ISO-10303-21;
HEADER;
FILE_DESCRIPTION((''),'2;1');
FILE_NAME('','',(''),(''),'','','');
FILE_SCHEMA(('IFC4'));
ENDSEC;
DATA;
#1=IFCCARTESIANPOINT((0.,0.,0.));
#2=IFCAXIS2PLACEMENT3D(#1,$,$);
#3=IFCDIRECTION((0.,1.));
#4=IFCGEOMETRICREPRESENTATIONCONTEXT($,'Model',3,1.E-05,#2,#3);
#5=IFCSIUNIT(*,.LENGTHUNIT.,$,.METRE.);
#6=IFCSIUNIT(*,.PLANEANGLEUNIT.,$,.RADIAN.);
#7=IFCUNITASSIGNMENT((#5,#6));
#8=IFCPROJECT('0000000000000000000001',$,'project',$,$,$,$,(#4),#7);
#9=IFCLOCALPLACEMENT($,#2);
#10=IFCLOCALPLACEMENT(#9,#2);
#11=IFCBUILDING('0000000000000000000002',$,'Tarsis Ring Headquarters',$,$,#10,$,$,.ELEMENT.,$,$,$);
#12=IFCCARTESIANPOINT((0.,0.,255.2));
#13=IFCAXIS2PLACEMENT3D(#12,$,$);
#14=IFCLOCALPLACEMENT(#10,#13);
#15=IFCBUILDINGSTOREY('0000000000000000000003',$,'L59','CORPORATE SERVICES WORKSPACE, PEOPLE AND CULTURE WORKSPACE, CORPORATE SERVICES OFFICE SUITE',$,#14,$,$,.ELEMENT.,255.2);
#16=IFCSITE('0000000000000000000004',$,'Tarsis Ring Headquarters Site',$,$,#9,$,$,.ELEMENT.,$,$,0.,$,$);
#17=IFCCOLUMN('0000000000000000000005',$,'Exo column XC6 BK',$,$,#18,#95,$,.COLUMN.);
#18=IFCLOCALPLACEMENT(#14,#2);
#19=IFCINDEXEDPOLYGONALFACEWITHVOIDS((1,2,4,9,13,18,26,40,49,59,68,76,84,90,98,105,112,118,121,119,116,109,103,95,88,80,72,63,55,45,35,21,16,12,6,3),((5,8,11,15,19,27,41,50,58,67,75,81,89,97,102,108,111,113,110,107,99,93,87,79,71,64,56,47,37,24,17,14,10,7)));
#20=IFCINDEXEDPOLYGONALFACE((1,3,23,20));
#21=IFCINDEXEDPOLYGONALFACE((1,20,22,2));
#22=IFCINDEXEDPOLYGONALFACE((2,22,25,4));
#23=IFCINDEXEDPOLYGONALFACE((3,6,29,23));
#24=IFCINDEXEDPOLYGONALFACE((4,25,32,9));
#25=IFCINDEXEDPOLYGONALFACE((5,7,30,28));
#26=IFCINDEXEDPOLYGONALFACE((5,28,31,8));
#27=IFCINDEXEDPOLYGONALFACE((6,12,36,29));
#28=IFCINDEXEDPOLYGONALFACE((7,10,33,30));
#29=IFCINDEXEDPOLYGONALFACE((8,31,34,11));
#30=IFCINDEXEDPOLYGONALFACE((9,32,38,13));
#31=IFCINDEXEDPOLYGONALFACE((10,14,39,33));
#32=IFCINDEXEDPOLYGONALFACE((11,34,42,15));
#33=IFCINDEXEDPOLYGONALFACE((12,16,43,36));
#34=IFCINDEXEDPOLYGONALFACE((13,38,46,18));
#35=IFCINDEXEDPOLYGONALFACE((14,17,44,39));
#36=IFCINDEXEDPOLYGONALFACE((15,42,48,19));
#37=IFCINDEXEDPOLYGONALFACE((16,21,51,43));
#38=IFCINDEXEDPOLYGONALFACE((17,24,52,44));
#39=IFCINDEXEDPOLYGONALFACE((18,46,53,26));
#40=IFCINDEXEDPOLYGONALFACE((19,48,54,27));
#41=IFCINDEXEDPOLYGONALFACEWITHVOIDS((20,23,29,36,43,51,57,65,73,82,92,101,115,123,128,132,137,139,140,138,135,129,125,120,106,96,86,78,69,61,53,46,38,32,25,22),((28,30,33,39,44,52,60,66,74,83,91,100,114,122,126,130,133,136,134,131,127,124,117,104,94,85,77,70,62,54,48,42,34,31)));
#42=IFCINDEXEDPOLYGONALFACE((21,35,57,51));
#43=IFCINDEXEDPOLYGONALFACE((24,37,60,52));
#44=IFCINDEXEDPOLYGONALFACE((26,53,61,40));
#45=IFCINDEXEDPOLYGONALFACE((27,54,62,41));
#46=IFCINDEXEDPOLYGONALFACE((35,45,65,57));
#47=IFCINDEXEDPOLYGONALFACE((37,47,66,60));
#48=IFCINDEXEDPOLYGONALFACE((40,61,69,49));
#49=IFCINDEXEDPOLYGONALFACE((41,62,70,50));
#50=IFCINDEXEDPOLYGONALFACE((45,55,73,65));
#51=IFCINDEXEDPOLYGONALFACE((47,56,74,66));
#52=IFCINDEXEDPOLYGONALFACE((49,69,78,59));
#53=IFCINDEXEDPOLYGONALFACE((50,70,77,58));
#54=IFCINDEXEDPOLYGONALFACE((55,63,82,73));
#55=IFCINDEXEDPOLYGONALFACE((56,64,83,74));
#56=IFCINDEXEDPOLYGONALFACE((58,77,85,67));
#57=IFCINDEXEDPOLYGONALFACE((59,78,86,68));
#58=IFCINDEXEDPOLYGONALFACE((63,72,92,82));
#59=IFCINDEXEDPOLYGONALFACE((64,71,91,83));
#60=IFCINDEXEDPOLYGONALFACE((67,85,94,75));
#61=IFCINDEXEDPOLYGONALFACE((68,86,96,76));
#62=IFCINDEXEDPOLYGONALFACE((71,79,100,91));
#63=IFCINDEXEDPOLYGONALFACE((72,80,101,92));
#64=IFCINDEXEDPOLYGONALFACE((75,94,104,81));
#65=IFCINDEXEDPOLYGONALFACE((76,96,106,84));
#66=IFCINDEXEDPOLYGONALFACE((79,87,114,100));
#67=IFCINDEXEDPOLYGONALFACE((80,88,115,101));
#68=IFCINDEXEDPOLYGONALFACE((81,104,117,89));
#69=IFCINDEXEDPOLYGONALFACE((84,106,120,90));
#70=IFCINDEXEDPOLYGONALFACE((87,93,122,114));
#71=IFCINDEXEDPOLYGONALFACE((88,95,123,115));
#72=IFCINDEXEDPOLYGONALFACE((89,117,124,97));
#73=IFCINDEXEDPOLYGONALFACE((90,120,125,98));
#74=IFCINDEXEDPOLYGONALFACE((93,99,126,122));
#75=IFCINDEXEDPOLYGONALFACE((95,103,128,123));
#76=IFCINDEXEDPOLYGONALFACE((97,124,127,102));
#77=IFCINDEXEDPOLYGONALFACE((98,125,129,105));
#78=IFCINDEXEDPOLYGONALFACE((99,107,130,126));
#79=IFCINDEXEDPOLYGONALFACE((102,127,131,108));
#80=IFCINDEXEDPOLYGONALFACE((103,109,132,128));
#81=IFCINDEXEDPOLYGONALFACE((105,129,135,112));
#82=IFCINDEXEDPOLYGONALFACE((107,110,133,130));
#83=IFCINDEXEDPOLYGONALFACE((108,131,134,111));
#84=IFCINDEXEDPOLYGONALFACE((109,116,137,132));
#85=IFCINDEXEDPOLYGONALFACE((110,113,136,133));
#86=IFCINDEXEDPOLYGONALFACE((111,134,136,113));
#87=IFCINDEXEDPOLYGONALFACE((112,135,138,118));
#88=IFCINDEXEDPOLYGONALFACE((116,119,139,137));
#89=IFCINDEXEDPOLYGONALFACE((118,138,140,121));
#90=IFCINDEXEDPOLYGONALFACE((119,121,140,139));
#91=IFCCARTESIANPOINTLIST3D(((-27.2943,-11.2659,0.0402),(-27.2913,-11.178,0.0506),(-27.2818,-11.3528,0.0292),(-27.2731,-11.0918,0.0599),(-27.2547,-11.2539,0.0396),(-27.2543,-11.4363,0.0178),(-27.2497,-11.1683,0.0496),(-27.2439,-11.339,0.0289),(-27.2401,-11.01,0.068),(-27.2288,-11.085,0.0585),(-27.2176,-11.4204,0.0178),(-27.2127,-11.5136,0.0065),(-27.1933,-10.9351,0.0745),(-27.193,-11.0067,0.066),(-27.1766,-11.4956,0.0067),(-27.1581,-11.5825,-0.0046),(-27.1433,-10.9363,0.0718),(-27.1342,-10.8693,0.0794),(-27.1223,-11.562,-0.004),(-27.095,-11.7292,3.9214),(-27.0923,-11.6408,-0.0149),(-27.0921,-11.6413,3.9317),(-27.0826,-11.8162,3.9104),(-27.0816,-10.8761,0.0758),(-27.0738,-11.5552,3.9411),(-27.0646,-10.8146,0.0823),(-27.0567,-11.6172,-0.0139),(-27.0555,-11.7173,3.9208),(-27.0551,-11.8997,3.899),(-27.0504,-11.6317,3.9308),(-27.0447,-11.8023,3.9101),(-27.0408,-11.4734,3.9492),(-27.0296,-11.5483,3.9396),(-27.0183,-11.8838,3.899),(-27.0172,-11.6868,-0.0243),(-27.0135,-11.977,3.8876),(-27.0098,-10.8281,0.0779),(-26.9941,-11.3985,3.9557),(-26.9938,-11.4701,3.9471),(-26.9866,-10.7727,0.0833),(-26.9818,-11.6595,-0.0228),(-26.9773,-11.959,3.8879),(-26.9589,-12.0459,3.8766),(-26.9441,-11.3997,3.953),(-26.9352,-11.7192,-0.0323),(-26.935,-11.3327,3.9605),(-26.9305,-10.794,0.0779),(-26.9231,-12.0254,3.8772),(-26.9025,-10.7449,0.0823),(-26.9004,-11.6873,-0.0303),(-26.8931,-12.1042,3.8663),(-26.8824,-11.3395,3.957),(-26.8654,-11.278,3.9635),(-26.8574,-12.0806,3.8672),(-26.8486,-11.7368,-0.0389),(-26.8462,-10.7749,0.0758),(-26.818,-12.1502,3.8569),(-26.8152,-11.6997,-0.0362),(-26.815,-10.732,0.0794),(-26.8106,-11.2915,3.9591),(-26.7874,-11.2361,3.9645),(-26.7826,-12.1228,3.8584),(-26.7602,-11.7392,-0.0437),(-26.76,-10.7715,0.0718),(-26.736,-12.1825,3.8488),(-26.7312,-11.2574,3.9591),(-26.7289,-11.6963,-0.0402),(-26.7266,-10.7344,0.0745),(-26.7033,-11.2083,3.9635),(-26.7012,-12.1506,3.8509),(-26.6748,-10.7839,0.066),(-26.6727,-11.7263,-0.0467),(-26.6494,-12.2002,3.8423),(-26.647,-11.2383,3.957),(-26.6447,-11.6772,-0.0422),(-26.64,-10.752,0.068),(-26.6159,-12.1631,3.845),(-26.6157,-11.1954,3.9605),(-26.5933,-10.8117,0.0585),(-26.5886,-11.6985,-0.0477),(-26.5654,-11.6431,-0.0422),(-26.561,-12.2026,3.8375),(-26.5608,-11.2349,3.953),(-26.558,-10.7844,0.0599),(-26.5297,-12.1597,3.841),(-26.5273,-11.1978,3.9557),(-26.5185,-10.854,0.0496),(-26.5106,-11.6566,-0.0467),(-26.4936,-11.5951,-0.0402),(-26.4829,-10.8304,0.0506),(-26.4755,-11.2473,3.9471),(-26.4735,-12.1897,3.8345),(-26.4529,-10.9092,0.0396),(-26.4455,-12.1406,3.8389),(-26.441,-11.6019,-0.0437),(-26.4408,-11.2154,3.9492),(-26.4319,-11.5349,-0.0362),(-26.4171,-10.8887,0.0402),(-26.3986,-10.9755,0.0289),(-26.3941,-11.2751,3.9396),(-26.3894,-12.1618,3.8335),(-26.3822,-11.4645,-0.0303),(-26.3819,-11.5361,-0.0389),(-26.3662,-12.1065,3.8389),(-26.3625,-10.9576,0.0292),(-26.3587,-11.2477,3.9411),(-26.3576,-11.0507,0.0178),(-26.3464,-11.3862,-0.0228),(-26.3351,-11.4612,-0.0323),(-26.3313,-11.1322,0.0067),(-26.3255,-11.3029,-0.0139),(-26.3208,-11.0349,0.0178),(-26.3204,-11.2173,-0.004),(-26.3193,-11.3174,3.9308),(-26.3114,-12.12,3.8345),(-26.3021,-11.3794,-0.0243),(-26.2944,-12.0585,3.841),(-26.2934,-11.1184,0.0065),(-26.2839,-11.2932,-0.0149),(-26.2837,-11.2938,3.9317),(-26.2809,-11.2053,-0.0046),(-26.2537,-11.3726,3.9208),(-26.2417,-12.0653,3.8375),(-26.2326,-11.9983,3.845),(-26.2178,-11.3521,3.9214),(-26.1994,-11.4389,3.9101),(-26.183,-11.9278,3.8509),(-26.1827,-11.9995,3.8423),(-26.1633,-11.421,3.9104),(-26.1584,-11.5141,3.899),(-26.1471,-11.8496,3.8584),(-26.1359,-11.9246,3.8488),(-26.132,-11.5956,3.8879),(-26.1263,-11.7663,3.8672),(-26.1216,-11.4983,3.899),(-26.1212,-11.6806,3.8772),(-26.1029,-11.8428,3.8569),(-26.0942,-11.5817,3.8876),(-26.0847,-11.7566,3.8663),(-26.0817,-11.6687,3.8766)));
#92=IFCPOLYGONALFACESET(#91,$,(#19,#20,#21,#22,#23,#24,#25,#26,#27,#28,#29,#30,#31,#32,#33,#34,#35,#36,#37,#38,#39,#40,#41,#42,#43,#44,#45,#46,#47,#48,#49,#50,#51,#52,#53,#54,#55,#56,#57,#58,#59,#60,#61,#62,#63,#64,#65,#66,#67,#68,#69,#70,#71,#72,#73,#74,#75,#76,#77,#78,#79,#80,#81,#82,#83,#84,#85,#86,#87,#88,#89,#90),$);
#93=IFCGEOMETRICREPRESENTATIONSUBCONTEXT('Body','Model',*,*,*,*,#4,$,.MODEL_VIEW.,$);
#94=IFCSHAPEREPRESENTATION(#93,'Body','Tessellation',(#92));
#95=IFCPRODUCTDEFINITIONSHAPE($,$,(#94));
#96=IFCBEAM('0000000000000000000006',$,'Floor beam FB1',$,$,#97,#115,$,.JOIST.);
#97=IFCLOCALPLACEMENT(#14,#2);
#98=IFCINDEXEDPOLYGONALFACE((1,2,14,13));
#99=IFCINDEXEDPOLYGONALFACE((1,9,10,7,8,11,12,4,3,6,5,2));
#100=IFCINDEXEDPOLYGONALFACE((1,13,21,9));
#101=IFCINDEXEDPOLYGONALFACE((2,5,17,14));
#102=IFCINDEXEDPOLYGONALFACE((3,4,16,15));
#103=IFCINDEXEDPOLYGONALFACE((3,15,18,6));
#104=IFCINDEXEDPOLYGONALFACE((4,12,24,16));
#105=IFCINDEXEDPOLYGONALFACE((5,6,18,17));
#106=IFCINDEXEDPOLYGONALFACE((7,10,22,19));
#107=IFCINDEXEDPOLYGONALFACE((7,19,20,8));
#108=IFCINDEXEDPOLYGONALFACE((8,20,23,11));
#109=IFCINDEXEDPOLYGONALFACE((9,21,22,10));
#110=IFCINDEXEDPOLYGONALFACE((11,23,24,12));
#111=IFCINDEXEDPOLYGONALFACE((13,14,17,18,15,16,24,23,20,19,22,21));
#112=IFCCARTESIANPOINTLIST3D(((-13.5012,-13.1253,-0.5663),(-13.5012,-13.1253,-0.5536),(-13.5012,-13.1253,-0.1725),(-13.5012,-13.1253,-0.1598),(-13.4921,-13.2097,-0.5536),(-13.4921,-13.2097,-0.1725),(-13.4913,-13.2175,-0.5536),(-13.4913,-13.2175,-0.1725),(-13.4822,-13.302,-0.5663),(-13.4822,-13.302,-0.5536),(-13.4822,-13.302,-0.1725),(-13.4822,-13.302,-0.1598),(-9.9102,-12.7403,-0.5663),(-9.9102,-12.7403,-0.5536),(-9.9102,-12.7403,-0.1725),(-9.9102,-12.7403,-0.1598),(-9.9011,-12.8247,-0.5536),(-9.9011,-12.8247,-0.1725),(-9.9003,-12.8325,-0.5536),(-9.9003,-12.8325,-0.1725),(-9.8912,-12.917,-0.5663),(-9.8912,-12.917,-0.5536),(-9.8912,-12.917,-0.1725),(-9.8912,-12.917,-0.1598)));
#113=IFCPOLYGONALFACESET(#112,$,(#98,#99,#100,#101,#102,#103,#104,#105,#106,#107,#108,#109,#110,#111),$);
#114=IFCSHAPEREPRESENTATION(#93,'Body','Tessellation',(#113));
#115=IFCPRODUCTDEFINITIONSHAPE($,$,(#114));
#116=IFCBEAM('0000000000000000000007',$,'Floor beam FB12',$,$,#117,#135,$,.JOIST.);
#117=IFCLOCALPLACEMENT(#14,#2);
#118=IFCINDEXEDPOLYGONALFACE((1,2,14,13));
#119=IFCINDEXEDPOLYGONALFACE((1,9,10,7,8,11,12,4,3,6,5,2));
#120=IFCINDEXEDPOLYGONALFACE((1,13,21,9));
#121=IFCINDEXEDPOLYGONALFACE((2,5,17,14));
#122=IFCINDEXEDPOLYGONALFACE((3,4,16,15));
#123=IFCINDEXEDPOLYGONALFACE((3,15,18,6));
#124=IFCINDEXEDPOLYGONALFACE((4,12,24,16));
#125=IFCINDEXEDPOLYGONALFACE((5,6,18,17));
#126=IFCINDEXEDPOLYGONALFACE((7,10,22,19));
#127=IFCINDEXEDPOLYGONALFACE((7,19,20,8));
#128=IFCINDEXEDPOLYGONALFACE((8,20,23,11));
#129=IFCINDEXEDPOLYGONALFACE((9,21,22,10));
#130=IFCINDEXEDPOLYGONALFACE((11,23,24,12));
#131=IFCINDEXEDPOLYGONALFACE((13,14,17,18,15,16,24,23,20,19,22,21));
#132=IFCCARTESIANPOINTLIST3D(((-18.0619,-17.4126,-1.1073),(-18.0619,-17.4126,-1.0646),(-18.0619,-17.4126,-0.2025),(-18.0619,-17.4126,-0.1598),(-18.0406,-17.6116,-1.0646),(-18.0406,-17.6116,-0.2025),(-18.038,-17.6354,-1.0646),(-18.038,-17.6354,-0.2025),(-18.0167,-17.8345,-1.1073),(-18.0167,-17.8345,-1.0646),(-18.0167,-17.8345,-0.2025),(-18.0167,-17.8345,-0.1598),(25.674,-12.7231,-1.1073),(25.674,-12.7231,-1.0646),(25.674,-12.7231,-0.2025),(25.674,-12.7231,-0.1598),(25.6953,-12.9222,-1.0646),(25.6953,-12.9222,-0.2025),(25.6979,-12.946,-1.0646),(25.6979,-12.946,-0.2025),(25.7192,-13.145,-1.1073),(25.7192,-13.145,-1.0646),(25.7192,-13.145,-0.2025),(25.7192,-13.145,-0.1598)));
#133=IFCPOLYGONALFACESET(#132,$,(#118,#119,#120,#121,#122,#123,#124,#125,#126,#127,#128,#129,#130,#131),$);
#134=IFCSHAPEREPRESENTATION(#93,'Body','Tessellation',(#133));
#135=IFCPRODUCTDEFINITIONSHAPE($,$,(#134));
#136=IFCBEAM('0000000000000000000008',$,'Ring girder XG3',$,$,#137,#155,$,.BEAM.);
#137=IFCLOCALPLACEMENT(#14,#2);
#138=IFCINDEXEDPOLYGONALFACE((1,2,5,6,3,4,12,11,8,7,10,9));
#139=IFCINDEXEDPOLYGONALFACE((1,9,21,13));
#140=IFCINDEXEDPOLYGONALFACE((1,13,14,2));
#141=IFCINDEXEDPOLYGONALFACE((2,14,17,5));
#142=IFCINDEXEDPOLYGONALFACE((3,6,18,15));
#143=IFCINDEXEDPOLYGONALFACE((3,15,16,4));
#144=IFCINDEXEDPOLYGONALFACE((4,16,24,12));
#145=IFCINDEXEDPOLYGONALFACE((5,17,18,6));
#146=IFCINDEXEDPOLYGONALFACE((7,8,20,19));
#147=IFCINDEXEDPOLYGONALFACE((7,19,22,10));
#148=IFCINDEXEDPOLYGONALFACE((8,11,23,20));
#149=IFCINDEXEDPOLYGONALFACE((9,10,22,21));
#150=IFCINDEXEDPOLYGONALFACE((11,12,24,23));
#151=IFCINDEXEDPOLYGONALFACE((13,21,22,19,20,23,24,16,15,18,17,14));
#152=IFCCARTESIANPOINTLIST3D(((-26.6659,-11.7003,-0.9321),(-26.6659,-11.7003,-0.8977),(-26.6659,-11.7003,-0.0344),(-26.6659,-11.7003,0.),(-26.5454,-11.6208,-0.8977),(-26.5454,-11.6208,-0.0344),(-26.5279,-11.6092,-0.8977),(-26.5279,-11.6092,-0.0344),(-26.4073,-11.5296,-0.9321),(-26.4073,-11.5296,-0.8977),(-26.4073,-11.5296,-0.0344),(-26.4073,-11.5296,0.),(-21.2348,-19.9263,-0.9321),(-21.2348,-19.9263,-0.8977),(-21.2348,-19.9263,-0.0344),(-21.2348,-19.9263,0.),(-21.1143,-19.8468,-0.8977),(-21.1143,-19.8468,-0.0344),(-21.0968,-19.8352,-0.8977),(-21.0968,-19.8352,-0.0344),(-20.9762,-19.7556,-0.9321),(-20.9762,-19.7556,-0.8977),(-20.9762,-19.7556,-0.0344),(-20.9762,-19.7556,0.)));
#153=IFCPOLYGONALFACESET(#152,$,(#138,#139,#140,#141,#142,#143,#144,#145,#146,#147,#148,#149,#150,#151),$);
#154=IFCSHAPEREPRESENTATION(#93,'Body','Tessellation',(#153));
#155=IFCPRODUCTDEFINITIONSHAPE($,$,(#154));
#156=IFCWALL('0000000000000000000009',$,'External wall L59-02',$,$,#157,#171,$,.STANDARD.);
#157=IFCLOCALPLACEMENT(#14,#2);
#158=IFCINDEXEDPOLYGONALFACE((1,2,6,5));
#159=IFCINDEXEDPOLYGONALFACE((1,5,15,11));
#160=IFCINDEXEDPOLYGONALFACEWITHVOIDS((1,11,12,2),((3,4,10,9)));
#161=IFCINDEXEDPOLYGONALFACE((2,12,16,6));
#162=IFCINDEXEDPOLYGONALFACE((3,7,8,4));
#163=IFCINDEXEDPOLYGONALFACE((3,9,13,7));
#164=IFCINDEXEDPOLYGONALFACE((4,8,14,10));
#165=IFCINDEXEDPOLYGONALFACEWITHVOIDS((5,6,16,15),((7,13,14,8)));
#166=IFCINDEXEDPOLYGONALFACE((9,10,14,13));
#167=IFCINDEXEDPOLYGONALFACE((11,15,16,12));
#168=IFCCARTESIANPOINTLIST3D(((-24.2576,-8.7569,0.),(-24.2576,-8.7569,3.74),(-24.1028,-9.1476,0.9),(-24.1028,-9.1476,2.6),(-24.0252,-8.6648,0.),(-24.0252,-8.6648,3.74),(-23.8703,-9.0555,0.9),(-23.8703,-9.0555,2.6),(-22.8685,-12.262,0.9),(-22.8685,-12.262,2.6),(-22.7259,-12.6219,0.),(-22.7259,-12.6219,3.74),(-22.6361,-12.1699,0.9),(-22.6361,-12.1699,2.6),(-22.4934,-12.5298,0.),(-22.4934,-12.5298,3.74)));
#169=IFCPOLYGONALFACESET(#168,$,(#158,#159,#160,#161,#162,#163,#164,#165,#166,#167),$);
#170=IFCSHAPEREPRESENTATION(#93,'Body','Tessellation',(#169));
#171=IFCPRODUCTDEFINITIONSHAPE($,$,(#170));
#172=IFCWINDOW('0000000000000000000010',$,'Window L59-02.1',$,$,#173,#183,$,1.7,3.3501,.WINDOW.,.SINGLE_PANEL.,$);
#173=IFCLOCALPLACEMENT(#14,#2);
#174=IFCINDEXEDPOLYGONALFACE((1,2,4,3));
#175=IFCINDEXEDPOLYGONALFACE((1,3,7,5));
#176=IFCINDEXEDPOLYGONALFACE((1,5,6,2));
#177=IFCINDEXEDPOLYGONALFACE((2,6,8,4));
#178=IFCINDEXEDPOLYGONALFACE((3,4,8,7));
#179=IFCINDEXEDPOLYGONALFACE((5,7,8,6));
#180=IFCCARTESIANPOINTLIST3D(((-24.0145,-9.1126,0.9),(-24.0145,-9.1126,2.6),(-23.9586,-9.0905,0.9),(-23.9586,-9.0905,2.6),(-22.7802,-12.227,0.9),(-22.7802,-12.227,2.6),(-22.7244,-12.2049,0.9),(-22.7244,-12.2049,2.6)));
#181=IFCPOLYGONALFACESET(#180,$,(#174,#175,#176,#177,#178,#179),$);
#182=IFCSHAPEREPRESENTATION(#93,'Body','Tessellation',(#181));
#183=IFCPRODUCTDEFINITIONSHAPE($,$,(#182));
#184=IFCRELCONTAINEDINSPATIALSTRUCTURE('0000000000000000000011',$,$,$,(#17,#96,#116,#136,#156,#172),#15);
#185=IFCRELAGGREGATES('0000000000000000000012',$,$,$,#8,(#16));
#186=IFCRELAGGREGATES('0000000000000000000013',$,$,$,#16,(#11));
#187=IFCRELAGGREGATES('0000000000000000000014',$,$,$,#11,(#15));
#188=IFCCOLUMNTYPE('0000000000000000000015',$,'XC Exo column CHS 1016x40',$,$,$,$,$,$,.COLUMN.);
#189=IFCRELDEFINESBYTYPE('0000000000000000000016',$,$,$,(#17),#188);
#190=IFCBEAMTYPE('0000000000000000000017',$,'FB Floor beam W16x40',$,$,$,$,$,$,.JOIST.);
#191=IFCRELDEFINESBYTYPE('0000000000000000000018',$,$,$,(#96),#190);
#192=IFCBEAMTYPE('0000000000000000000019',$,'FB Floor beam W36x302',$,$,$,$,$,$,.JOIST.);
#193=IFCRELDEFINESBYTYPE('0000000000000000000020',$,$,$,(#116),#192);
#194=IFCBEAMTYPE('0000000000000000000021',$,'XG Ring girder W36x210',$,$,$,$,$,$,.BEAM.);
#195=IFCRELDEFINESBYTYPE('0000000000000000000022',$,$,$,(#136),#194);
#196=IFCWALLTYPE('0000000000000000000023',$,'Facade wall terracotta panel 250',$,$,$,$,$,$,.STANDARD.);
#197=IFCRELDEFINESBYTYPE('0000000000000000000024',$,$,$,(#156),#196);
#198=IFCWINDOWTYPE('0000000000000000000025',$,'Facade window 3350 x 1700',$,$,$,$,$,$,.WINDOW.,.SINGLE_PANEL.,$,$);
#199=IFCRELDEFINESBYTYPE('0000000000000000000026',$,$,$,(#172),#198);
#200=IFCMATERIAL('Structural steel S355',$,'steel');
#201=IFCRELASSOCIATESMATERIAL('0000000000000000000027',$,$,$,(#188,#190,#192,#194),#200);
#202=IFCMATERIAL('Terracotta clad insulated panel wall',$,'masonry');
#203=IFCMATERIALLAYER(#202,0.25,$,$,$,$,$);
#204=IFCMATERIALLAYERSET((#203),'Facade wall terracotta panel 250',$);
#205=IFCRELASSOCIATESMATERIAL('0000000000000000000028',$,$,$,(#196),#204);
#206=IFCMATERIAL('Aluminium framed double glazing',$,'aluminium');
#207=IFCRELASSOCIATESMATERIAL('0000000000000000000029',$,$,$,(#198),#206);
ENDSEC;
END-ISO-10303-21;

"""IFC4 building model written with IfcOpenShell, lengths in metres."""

from ifc_helpers import new_model, si_unit, direction, frame, frame_2d, origin, origin_2d, place, context, subcontext, project, spatial, rectangle, hollow_circle, i_section, extrude, material, layer, layer_set, material_profile, profile_set, type_object, element, fill, save


model = new_model("IFC4")

# Units and contexts
model_context = context("Model", 3, precision=1e-05, world=origin(), true_north=direction((0.0, 1.0)))
body_context = subcontext(model_context, "Body", "Model", "MODEL_VIEW")
ifc_project = project(units=[si_unit("LENGTHUNIT", "METRE"), si_unit("PLANEANGLEUNIT", "RADIAN")], contexts=[model_context])

# Site, building, storey
site_placement = place(None, origin())
site = spatial("IfcSite", under=ifc_project, at=site_placement, Name="Tarsis Ring Headquarters Site", CompositionType="ELEMENT", RefElevation=0.0)
building_placement = place(site_placement, origin())
building = spatial("IfcBuilding", under=site, at=building_placement, Name="Tarsis Ring Headquarters", CompositionType="ELEMENT")
storey_placement = place(building_placement, frame((0.0, 0.0, 255.2)))
storey = spatial("IfcBuildingStorey", under=building, at=storey_placement, Name="L59", Description="CORPORATE SERVICES WORKSPACE, PEOPLE AND CULTURE WORKSPACE, CORPORATE SERVICES OFFICE SUITE", CompositionType="ELEMENT", Elevation=255.2)

# Column
ifc_material_1 = material(Name="Structural steel S355", Category="steel")
ifc_material_profile_1 = material_profile(ifc_material_1, hollow_circle(Radius=0.5081, WallThickness=0.04, at=origin_2d()), Name="CHS 1016x40")
ifc_profile_set_1 = profile_set([ifc_material_profile_1], Name="Structural steel S355")
column_type = type_object("IfcColumnType", Name="XC Exo column CHS 1016x40", PredefinedType="COLUMN", material=ifc_profile_set_1)
column_placement = place(storey_placement, frame((-26.7876, -11.2356, 0.0178), z_axis=(0.050902, -0.118398, 0.991661), x_axis=(0.918694, 0.394971, 0.0)))
element("IfcColumn", 1, at=column_placement, inside=storey, type_object=column_type, Name="Exo column XC6 BK", PredefinedType="COLUMN", context=body_context, shape_type="SweptSolid", body=[
    extrude(hollow_circle(Radius=0.5081, WallThickness=0.04, at=origin_2d()), origin(), (0.0, 0.0, 1.0), 3.9138),
])

# Beams
ifc_material_profile_2 = material_profile(ifc_material_1, i_section(OverallWidth=0.1777, OverallDepth=0.4065, WebThickness=0.0078, FlangeThickness=0.0127, at=origin_2d()), Name="W16x40")
ifc_profile_set_2 = profile_set([ifc_material_profile_2], Name="Structural steel S355")
beam_type_1 = type_object("IfcBeamType", Name="FB Floor beam W16x40", PredefinedType="JOIST", material=ifc_profile_set_2)
beam_1_placement = place(storey_placement, frame((-13.4917, -13.2136, -0.363), z_axis=(0.994302, 0.106602, 0.0), x_axis=(-0.106602, 0.994302, 0.0)))
element("IfcBeam", 2, at=beam_1_placement, inside=storey, type_object=beam_type_1, Name="Floor beam FB1", PredefinedType="JOIST", context=body_context, shape_type="SweptSolid", body=[
    extrude(i_section(OverallWidth=0.1777, OverallDepth=0.4065, WebThickness=0.0078, FlangeThickness=0.0127, at=origin_2d()), origin(), (0.0, 0.0, 1.0), 3.6116),
])
ifc_material_profile_3 = material_profile(ifc_material_1, i_section(OverallWidth=0.4243, OverallDepth=0.9475, WebThickness=0.0239, FlangeThickness=0.0427, at=origin_2d()), Name="W36x302")
ifc_profile_set_3 = profile_set([ifc_material_profile_3], Name="Structural steel S355")
beam_type_2 = type_object("IfcBeamType", Name="FB Floor beam W36x302", PredefinedType="JOIST", material=ifc_profile_set_3)
beam_2_placement = place(storey_placement, frame((-18.0393, -17.6235, -0.6335), z_axis=(0.994301, 0.106611, 0.0), x_axis=(-0.106611, 0.994301, 0.0)))
element("IfcBeam", 3, at=beam_2_placement, inside=storey, type_object=beam_type_2, Name="Floor beam FB12", PredefinedType="JOIST", context=body_context, shape_type="SweptSolid", body=[
    extrude(i_section(OverallWidth=0.4243, OverallDepth=0.9475, WebThickness=0.0239, FlangeThickness=0.0427, at=origin_2d()), origin(), (0.0, 0.0, 1.0), 43.9866),
])
ifc_material_profile_4 = material_profile(ifc_material_1, i_section(OverallWidth=0.3098, OverallDepth=0.9321, WebThickness=0.021, FlangeThickness=0.0344, at=origin_2d()), Name="W36x210")
ifc_profile_set_4 = profile_set([ifc_material_profile_4], Name="Structural steel S355")
beam_type_3 = type_object("IfcBeamType", Name="XG Ring girder W36x210", PredefinedType="BEAM", material=ifc_profile_set_4)
beam_3_placement = place(storey_placement, frame((-26.5366, -11.615, -0.4661), z_axis=(0.55098, -0.834519, 0.0), x_axis=(0.834519, 0.55098, 0.0)))
element("IfcBeam", 4, at=beam_3_placement, inside=storey, type_object=beam_type_3, Name="Ring girder XG3", PredefinedType="BEAM", context=body_context, shape_type="SweptSolid", body=[
    extrude(i_section(OverallWidth=0.3098, OverallDepth=0.9321, WebThickness=0.021, FlangeThickness=0.0344, at=origin_2d()), origin(), (0.0, 0.0, 1.0), 9.8572),
])

# Wall, opening, window
ifc_material_2 = material(Name="Terracotta clad insulated panel wall", Category="masonry")
ifc_layer = layer(ifc_material_2, 0.25)
ifc_layer_set = layer_set([ifc_layer], Name="Facade wall terracotta panel 250")
wall_type = type_object("IfcWallType", Name="Facade wall terracotta panel 250", PredefinedType="STANDARD", material=ifc_layer_set)
wall_1_placement = place(storey_placement, frame((-24.1414, -8.7109, 0.0), z_axis=(0.0, 0.0, 1.0), x_axis=(0.368432, -0.929655, 0.0)))
wall_1 = element("IfcWall", 5, at=wall_1_placement, inside=storey, type_object=wall_type, Name="External wall L59-02", PredefinedType="STANDARD", context=body_context, shape_type="SweptSolid", body=[
    extrude(rectangle(XDim=4.1575, YDim=0.25, at=frame_2d((2.0786, 0.0))), origin(), (0.0, 0.0, 1.0), 3.74),
])
opening_1_placement = place(wall_1_placement, frame((0.4202, 0.0, 0.8999)))
opening_1 = element("IfcOpeningElement", 6, at=opening_1_placement, cuts=wall_1, PredefinedType="OPENING", context=body_context, shape_type="SweptSolid", body=[
    extrude(rectangle(XDim=3.3501, YDim=1.7, at=frame_2d((1.675, 0.8501))), frame((0.0, 0.135, 0.0), z_axis=(0.0, -1.0, 0.0), x_axis=(1.0, 0.0, 0.0)), (0.0, 0.0, 1.0), 0.27),
])
ifc_material_3 = material(Name="Aluminium framed double glazing", Category="aluminium")
window_type_1 = type_object("IfcWindowType", Name="Facade window 3350 x 1700", PartitioningType="SINGLE_PANEL", PredefinedType="WINDOW", material=ifc_material_3)
window_1_placement = place(opening_1_placement, origin())
window_1 = element("IfcWindow", 7, at=window_1_placement, inside=storey, type_object=window_type_1, Name="Window L59-02.1", OverallHeight=1.7, OverallWidth=3.3501, PartitioningType="SINGLE_PANEL", PredefinedType="WINDOW", context=body_context, shape_type="SweptSolid", body=[
    extrude(rectangle(XDim=3.3501, YDim=1.7, at=frame_2d((1.675, 0.8501))), frame((0.0, 0.03, 0.0), z_axis=(0.0, -1.0, 0.0), x_axis=(1.0, 0.0, 0.0)), (0.0, 0.0, 1.0), 0.0601),
])
fill(opening_1, window_1)

save(model, "model.ifc")
